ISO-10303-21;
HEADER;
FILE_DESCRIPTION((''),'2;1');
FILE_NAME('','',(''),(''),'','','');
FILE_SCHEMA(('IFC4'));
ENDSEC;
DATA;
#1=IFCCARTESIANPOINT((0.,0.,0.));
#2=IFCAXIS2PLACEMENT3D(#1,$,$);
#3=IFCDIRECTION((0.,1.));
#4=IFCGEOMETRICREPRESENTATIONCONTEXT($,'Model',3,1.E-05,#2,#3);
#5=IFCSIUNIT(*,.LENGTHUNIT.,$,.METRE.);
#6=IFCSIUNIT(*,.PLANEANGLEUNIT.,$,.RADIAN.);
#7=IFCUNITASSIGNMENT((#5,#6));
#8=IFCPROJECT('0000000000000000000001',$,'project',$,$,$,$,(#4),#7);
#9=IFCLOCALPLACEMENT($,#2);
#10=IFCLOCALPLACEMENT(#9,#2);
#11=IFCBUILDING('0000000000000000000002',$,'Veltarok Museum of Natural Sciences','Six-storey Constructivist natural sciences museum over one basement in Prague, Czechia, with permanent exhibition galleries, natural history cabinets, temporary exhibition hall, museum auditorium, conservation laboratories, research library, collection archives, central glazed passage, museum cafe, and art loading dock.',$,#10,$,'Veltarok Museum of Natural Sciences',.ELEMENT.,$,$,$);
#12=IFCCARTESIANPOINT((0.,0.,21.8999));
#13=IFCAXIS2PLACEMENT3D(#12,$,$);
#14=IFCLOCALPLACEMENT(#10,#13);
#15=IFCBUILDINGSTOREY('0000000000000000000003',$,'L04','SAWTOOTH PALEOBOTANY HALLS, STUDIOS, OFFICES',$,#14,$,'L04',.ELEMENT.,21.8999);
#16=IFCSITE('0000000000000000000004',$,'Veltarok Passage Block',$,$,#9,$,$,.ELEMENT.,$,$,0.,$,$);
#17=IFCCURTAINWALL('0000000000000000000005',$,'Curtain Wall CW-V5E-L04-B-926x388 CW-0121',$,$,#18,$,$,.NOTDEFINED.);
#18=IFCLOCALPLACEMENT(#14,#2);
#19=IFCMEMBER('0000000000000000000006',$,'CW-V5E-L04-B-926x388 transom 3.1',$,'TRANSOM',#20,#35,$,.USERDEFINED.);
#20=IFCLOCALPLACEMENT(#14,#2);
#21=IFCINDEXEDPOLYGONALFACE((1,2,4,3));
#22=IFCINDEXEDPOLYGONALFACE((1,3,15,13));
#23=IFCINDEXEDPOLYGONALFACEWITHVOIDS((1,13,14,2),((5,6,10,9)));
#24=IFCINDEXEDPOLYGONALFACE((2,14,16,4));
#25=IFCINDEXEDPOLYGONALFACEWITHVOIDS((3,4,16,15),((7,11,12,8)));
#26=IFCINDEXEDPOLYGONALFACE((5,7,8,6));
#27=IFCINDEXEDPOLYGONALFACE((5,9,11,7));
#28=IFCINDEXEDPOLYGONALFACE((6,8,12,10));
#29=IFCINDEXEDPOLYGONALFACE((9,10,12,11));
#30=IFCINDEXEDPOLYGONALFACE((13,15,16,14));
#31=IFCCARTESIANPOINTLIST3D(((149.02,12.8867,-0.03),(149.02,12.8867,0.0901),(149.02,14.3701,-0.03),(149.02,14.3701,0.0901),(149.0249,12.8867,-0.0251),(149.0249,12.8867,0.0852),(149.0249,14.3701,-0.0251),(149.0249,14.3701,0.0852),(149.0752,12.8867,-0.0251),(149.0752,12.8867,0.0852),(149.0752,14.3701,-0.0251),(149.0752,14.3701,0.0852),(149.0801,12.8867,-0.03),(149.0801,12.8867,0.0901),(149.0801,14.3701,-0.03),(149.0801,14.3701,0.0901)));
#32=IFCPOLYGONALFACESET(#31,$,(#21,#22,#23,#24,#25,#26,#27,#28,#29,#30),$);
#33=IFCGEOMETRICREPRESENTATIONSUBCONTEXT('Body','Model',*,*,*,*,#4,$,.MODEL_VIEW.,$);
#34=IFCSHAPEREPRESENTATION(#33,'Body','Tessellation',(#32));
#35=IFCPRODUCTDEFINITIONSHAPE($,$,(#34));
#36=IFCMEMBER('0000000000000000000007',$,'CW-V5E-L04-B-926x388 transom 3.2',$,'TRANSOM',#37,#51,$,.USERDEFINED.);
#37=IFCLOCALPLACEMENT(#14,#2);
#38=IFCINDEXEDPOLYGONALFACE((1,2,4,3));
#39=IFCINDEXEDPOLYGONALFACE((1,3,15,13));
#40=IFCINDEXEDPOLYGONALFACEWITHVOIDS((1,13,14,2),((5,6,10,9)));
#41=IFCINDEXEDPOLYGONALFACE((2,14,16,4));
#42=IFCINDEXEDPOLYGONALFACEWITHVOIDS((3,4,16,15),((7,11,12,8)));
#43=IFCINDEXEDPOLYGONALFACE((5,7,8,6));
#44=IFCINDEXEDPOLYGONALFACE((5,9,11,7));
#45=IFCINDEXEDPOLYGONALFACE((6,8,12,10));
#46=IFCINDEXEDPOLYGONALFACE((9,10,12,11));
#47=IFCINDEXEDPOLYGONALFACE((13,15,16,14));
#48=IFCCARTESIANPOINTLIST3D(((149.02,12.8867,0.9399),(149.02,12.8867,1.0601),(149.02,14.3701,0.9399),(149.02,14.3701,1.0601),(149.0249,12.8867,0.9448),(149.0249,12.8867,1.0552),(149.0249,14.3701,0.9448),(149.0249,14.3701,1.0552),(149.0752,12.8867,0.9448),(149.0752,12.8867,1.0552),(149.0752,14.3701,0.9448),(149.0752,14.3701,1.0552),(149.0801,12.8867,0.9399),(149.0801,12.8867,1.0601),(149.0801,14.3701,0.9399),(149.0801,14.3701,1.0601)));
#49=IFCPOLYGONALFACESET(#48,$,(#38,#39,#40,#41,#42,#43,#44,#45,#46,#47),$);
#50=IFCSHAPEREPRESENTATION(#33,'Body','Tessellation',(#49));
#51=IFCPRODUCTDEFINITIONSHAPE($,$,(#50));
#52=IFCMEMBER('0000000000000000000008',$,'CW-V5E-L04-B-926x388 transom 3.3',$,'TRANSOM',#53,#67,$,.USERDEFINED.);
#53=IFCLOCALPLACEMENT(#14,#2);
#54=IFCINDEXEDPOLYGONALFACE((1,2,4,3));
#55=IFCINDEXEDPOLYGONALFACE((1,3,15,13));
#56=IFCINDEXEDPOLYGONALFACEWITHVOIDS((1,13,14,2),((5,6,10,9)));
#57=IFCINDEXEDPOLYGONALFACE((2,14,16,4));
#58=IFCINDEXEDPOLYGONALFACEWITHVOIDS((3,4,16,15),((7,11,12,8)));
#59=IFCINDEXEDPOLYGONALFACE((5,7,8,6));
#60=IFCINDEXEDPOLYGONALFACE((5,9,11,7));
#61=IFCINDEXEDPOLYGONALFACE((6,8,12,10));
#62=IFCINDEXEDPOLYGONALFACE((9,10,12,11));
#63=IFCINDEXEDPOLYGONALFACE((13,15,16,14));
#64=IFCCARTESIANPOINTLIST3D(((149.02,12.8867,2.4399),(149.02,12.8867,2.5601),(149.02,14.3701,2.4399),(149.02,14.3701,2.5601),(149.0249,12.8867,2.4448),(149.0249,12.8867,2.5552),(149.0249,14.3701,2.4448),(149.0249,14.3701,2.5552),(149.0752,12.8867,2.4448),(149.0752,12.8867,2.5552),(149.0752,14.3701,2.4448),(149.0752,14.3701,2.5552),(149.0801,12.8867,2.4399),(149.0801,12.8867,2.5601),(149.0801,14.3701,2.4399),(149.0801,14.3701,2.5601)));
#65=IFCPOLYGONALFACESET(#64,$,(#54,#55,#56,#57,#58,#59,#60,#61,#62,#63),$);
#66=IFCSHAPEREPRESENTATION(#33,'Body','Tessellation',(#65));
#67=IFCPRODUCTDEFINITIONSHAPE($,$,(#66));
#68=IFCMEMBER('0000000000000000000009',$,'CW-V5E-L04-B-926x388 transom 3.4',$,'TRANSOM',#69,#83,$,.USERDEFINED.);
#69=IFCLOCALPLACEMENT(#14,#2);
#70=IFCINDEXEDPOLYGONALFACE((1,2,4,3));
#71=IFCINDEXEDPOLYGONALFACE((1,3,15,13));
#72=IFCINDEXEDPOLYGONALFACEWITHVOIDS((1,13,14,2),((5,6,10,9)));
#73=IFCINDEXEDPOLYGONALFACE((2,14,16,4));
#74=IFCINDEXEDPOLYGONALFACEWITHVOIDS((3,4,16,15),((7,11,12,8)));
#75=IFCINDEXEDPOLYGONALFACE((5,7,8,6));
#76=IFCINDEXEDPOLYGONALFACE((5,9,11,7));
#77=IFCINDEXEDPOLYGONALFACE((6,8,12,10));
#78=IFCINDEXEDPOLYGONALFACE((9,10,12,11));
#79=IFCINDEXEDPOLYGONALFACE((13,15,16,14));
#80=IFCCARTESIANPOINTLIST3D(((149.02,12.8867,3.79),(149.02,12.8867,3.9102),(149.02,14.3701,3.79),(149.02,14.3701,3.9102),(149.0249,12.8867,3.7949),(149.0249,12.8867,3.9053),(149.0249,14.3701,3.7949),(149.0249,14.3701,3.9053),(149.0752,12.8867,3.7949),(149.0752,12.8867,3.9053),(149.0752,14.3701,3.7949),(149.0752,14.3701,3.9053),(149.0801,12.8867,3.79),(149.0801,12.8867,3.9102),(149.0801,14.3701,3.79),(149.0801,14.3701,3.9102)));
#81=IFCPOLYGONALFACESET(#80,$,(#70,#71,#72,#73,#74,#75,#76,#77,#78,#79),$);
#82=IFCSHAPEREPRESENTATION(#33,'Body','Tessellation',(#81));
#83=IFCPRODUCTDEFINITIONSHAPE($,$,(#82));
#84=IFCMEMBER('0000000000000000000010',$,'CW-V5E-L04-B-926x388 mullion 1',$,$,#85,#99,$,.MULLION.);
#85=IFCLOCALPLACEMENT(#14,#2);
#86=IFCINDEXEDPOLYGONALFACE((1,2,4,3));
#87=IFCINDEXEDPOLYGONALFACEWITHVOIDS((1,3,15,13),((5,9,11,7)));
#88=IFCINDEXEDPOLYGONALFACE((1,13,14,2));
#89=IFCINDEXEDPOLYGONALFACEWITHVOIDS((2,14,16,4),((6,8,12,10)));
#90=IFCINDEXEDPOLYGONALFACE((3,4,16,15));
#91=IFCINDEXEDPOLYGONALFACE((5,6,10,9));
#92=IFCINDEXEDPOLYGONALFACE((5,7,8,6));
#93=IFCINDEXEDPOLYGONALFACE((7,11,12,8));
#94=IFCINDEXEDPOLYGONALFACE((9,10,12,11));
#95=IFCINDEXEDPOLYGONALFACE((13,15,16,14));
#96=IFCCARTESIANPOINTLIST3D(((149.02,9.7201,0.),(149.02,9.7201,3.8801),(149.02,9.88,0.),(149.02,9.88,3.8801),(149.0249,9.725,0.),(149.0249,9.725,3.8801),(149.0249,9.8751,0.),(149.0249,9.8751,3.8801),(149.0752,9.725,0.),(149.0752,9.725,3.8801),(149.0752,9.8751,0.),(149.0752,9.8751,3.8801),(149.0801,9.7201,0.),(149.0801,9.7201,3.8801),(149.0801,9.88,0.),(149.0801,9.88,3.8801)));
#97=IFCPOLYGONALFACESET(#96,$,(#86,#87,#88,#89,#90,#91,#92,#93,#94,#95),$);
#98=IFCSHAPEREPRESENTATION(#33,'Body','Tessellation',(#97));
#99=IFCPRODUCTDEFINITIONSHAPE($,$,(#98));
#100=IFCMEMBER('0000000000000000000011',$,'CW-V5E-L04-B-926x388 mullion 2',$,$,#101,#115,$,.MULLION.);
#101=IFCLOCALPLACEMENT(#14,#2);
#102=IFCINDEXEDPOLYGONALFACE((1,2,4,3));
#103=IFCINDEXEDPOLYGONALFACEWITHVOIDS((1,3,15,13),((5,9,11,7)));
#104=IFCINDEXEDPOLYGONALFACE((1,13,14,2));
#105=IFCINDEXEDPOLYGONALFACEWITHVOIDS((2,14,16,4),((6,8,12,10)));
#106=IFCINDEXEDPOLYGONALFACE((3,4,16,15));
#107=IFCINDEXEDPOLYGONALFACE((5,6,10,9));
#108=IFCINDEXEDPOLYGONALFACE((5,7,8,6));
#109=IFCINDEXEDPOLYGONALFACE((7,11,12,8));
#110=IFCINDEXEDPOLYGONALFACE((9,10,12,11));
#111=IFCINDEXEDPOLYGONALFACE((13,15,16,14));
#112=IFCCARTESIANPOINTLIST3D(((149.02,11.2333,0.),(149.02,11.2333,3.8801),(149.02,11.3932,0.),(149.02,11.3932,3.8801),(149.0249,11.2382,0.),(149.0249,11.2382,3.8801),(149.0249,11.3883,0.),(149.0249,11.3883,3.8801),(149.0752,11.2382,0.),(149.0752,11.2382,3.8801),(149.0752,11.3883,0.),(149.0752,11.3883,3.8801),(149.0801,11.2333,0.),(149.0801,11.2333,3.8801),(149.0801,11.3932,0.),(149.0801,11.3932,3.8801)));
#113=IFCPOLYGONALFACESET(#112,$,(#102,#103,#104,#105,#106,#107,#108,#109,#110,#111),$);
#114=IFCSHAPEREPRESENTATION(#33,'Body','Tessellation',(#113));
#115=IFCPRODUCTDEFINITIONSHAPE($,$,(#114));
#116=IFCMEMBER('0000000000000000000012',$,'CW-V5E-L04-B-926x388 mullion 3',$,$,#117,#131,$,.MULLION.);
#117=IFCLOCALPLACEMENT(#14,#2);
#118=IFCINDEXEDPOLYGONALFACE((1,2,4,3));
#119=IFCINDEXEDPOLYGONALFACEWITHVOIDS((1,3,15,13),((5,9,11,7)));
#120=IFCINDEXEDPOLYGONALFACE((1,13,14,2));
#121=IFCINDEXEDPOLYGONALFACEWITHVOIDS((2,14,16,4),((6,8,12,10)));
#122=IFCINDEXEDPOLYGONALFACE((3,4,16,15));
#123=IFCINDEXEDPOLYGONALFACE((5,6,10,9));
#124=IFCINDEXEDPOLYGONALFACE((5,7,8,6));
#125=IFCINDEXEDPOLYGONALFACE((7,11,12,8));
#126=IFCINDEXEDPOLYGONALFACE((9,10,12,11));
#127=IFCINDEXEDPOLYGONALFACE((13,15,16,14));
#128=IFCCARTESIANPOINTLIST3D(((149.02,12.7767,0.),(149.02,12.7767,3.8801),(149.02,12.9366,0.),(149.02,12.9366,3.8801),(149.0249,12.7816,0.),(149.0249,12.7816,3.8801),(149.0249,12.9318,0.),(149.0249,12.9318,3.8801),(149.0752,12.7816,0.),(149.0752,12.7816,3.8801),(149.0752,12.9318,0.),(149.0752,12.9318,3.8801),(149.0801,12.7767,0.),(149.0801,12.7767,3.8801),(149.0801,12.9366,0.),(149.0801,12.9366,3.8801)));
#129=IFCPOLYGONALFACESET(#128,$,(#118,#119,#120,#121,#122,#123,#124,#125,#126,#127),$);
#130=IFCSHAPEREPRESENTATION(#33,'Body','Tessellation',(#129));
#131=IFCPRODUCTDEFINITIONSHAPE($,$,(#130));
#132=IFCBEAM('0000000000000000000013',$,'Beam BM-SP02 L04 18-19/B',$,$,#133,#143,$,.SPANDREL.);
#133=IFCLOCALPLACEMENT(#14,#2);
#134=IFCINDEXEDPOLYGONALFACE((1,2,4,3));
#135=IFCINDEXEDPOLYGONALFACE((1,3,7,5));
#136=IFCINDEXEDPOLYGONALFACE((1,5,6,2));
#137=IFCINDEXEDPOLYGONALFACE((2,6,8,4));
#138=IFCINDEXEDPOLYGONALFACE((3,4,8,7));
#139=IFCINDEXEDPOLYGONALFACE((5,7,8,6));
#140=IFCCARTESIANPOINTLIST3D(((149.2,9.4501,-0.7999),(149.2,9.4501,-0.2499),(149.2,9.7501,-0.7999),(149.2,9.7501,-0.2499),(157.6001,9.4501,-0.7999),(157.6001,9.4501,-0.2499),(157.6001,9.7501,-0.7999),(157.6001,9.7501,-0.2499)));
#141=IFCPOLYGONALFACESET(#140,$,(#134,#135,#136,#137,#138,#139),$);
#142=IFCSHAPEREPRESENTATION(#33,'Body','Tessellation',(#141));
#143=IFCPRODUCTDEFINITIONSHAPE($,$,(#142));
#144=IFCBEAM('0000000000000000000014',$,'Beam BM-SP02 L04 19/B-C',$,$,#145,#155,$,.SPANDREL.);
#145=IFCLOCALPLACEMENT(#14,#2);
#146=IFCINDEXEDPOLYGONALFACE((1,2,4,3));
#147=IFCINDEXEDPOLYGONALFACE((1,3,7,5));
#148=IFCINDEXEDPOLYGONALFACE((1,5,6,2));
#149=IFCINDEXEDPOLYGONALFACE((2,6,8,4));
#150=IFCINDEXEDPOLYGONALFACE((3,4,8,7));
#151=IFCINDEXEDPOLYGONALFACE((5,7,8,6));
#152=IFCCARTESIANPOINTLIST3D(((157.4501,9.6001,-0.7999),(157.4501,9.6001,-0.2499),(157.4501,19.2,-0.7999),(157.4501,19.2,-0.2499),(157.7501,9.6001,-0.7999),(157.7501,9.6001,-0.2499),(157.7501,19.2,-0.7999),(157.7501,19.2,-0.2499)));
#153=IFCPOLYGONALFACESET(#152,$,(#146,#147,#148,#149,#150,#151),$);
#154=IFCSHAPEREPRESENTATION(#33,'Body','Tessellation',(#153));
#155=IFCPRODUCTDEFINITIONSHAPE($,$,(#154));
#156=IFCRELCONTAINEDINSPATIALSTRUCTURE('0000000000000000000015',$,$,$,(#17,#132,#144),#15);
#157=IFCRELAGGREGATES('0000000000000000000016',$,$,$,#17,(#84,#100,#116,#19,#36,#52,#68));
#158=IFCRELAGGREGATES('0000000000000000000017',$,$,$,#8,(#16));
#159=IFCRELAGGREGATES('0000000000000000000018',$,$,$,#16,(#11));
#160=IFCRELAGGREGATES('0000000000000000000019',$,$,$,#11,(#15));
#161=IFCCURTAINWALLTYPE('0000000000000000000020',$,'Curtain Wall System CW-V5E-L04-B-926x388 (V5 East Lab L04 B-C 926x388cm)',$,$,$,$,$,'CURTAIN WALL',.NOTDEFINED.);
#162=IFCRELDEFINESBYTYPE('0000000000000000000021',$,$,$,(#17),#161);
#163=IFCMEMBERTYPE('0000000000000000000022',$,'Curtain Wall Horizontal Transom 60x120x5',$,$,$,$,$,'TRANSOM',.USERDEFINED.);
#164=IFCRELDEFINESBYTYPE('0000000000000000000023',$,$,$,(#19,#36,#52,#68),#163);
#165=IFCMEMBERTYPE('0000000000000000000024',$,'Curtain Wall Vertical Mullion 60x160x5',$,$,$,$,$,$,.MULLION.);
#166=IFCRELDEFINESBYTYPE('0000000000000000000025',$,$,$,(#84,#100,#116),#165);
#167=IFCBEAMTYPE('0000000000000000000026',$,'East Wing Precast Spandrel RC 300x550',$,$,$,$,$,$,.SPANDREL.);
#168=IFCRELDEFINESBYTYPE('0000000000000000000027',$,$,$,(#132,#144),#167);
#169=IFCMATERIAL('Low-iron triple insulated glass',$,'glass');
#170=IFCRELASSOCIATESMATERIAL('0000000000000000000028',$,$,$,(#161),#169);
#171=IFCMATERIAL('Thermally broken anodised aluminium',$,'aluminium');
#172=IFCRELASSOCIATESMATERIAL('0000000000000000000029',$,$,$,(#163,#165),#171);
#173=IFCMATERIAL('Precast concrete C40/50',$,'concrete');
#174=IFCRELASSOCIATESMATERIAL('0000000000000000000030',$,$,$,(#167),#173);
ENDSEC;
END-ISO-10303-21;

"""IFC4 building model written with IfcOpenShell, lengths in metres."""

from ifc_helpers import new_model, si_unit, direction, frame, origin, origin_2d, place, context, subcontext, project, spatial, rectangle, hollow_rectangle, extrude, material, material_profile, profile_set, type_object, element, aggregate, save


model = new_model("IFC4")

# Units and contexts
model_context = context("Model", 3, precision=1e-05, world=origin(), true_north=direction((0.0, 1.0)))
body_context = subcontext(model_context, "Body", "Model", "MODEL_VIEW")
ifc_project = project(units=[si_unit("LENGTHUNIT", "METRE"), si_unit("PLANEANGLEUNIT", "RADIAN")], contexts=[model_context])

# Site, building, storey
site_placement = place(None, origin())
site = spatial("IfcSite", under=ifc_project, at=site_placement, Name="Veltarok Passage Block", CompositionType="ELEMENT", RefElevation=0.0)
building_placement = place(site_placement, origin())
building = spatial("IfcBuilding", under=site, at=building_placement, Name="Veltarok Museum of Natural Sciences", Description="Six-storey Constructivist natural sciences museum over one basement in Prague, Czechia, with permanent exhibition galleries, natural history cabinets, temporary exhibition hall, museum auditorium, conservation laboratories, research library, collection archives, central glazed passage, museum cafe, and art loading dock.", LongName="Veltarok Museum of Natural Sciences", CompositionType="ELEMENT")
storey_placement = place(building_placement, frame((0.0, 0.0, 21.8999)))
storey = spatial("IfcBuildingStorey", under=building, at=storey_placement, Name="L04", Description="SAWTOOTH PALEOBOTANY HALLS, STUDIOS, OFFICES", LongName="L04", CompositionType="ELEMENT", Elevation=21.8999)

# Curtain wall, members
ifc_material_1 = material(Name="Low-iron triple insulated glass", Category="glass")
curtain_wall_type = type_object("IfcCurtainWallType", Name="Curtain Wall System CW-V5E-L04-B-926x388 (V5 East Lab L04 B-C 926x388cm)", ElementType="CURTAIN WALL", PredefinedType="NOTDEFINED", material=ifc_material_1)
curtain_wall_placement = place(storey_placement, origin())
curtain_wall = element("IfcCurtainWall", 1, at=curtain_wall_placement, inside=storey, type_object=curtain_wall_type, Name="Curtain Wall CW-V5E-L04-B-926x388 CW-0121", PredefinedType="NOTDEFINED")
ifc_material_2 = material(Name="Thermally broken anodised aluminium", Category="aluminium")
ifc_material_profile_1 = material_profile(ifc_material_2, hollow_rectangle(XDim=0.0601, YDim=0.1201, WallThickness=0.0049, at=origin_2d()), Name="CW TRANSOM 60x120x5")
ifc_profile_set_1 = profile_set([ifc_material_profile_1], Name="Thermally broken anodised aluminium")
member_type_1 = type_object("IfcMemberType", Name="Curtain Wall Horizontal Transom 60x120x5", ElementType="TRANSOM", PredefinedType="USERDEFINED", material=ifc_profile_set_1)
member_1_placement = place(storey_placement, frame((149.05, 12.8867, 0.03), z_axis=(0.0, 1.0, 0.0), x_axis=(-1.0, 0.0, 0.0)))
member_1 = element("IfcMember", 2, at=member_1_placement, type_object=member_type_1, Name="CW-V5E-L04-B-926x388 transom 3.1", ObjectType="TRANSOM", PredefinedType="USERDEFINED", context=body_context, shape_type="SweptSolid", body=[
    extrude(hollow_rectangle(XDim=0.0601, YDim=0.1201, WallThickness=0.0049, at=origin_2d()), origin(), (0.0, 0.0, 1.0), 1.4834),
])
member_2_placement = place(storey_placement, frame((149.05, 12.8867, 1.0), z_axis=(0.0, 1.0, 0.0), x_axis=(-1.0, 0.0, 0.0)))
member_2 = element("IfcMember", 3, at=member_2_placement, type_object=member_type_1, Name="CW-V5E-L04-B-926x388 transom 3.2", ObjectType="TRANSOM", PredefinedType="USERDEFINED", context=body_context, shape_type="SweptSolid", body=[
    extrude(hollow_rectangle(XDim=0.0601, YDim=0.1201, WallThickness=0.0049, at=origin_2d()), origin(), (0.0, 0.0, 1.0), 1.4834),
])
member_3_placement = place(storey_placement, frame((149.05, 12.8867, 2.5), z_axis=(0.0, 1.0, 0.0), x_axis=(-1.0, 0.0, 0.0)))
member_3 = element("IfcMember", 4, at=member_3_placement, type_object=member_type_1, Name="CW-V5E-L04-B-926x388 transom 3.3", ObjectType="TRANSOM", PredefinedType="USERDEFINED", context=body_context, shape_type="SweptSolid", body=[
    extrude(hollow_rectangle(XDim=0.0601, YDim=0.1201, WallThickness=0.0049, at=origin_2d()), origin(), (0.0, 0.0, 1.0), 1.4834),
])
member_4_placement = place(storey_placement, frame((149.05, 12.8867, 3.8501), z_axis=(0.0, 1.0, 0.0), x_axis=(-1.0, 0.0, 0.0)))
member_4 = element("IfcMember", 5, at=member_4_placement, type_object=member_type_1, Name="CW-V5E-L04-B-926x388 transom 3.4", ObjectType="TRANSOM", PredefinedType="USERDEFINED", context=body_context, shape_type="SweptSolid", body=[
    extrude(hollow_rectangle(XDim=0.0601, YDim=0.1201, WallThickness=0.0049, at=origin_2d()), origin(), (0.0, 0.0, 1.0), 1.4834),
])
ifc_material_profile_2 = material_profile(ifc_material_2, hollow_rectangle(XDim=0.0601, YDim=0.1599, WallThickness=0.0049, at=origin_2d()), Name="CW MULLION 60x160x5")
ifc_profile_set_2 = profile_set([ifc_material_profile_2], Name="Thermally broken anodised aluminium")
member_type_2 = type_object("IfcMemberType", Name="Curtain Wall Vertical Mullion 60x160x5", PredefinedType="MULLION", material=ifc_profile_set_2)
member_5_placement = place(storey_placement, frame((149.05, 9.8, 0.0), z_axis=(0.0, 0.0, 1.0), x_axis=(-1.0, 0.0, 0.0)))
member_5 = element("IfcMember", 6, at=member_5_placement, type_object=member_type_2, Name="CW-V5E-L04-B-926x388 mullion 1", PredefinedType="MULLION", context=body_context, shape_type="SweptSolid", body=[
    extrude(hollow_rectangle(XDim=0.0601, YDim=0.1599, WallThickness=0.0049, at=origin_2d()), origin(), (0.0, 0.0, 1.0), 3.8801),
])
member_6_placement = place(storey_placement, frame((149.05, 11.3132, 0.0), z_axis=(0.0, 0.0, 1.0), x_axis=(-1.0, 0.0, 0.0)))
member_6 = element("IfcMember", 7, at=member_6_placement, type_object=member_type_2, Name="CW-V5E-L04-B-926x388 mullion 2", PredefinedType="MULLION", context=body_context, shape_type="SweptSolid", body=[
    extrude(hollow_rectangle(XDim=0.0601, YDim=0.1599, WallThickness=0.0049, at=origin_2d()), origin(), (0.0, 0.0, 1.0), 3.8801),
])
member_7_placement = place(storey_placement, frame((149.05, 12.8567, 0.0), z_axis=(0.0, 0.0, 1.0), x_axis=(-1.0, 0.0, 0.0)))
member_7 = element("IfcMember", 8, at=member_7_placement, type_object=member_type_2, Name="CW-V5E-L04-B-926x388 mullion 3", PredefinedType="MULLION", context=body_context, shape_type="SweptSolid", body=[
    extrude(hollow_rectangle(XDim=0.0601, YDim=0.1599, WallThickness=0.0049, at=origin_2d()), origin(), (0.0, 0.0, 1.0), 3.8801),
])

# Beams
ifc_material_3 = material(Name="Precast concrete C40/50", Category="concrete")
ifc_material_profile_3 = material_profile(ifc_material_3, rectangle(XDim=0.3, YDim=0.55, at=origin_2d()), Name="RC 300x550")
ifc_profile_set_3 = profile_set([ifc_material_profile_3], Name="Precast concrete C40/50")
beam_type_1 = type_object("IfcBeamType", Name="East Wing Precast Spandrel RC 300x550", PredefinedType="SPANDREL", material=ifc_profile_set_3)
beam_1_placement = place(storey_placement, frame((149.2, 9.6001, -0.5249), z_axis=(1.0, 0.0, 0.0), x_axis=(0.0, 1.0, 0.0)))
element("IfcBeam", 9, at=beam_1_placement, inside=storey, type_object=beam_type_1, Name="Beam BM-SP02 L04 18-19/B", PredefinedType="SPANDREL", context=body_context, shape_type="SweptSolid", body=[
    extrude(rectangle(XDim=0.3, YDim=0.55, at=origin_2d()), origin(), (0.0, 0.0, 1.0), 8.4001),
])
beam_2_placement = place(storey_placement, frame((157.6001, 9.6001, -0.5249), z_axis=(0.0, 1.0, 0.0), x_axis=(-1.0, 0.0, 0.0)))
element("IfcBeam", 10, at=beam_2_placement, inside=storey, type_object=beam_type_1, Name="Beam BM-SP02 L04 19/B-C", PredefinedType="SPANDREL", context=body_context, shape_type="SweptSolid", body=[
    extrude(rectangle(XDim=0.3, YDim=0.55, at=origin_2d()), origin(), (0.0, 0.0, 1.0), 9.5999),
])

aggregate(curtain_wall, [member_5, member_6, member_7, member_1, member_2, member_3, member_4])

save(model, "model.ifc")
